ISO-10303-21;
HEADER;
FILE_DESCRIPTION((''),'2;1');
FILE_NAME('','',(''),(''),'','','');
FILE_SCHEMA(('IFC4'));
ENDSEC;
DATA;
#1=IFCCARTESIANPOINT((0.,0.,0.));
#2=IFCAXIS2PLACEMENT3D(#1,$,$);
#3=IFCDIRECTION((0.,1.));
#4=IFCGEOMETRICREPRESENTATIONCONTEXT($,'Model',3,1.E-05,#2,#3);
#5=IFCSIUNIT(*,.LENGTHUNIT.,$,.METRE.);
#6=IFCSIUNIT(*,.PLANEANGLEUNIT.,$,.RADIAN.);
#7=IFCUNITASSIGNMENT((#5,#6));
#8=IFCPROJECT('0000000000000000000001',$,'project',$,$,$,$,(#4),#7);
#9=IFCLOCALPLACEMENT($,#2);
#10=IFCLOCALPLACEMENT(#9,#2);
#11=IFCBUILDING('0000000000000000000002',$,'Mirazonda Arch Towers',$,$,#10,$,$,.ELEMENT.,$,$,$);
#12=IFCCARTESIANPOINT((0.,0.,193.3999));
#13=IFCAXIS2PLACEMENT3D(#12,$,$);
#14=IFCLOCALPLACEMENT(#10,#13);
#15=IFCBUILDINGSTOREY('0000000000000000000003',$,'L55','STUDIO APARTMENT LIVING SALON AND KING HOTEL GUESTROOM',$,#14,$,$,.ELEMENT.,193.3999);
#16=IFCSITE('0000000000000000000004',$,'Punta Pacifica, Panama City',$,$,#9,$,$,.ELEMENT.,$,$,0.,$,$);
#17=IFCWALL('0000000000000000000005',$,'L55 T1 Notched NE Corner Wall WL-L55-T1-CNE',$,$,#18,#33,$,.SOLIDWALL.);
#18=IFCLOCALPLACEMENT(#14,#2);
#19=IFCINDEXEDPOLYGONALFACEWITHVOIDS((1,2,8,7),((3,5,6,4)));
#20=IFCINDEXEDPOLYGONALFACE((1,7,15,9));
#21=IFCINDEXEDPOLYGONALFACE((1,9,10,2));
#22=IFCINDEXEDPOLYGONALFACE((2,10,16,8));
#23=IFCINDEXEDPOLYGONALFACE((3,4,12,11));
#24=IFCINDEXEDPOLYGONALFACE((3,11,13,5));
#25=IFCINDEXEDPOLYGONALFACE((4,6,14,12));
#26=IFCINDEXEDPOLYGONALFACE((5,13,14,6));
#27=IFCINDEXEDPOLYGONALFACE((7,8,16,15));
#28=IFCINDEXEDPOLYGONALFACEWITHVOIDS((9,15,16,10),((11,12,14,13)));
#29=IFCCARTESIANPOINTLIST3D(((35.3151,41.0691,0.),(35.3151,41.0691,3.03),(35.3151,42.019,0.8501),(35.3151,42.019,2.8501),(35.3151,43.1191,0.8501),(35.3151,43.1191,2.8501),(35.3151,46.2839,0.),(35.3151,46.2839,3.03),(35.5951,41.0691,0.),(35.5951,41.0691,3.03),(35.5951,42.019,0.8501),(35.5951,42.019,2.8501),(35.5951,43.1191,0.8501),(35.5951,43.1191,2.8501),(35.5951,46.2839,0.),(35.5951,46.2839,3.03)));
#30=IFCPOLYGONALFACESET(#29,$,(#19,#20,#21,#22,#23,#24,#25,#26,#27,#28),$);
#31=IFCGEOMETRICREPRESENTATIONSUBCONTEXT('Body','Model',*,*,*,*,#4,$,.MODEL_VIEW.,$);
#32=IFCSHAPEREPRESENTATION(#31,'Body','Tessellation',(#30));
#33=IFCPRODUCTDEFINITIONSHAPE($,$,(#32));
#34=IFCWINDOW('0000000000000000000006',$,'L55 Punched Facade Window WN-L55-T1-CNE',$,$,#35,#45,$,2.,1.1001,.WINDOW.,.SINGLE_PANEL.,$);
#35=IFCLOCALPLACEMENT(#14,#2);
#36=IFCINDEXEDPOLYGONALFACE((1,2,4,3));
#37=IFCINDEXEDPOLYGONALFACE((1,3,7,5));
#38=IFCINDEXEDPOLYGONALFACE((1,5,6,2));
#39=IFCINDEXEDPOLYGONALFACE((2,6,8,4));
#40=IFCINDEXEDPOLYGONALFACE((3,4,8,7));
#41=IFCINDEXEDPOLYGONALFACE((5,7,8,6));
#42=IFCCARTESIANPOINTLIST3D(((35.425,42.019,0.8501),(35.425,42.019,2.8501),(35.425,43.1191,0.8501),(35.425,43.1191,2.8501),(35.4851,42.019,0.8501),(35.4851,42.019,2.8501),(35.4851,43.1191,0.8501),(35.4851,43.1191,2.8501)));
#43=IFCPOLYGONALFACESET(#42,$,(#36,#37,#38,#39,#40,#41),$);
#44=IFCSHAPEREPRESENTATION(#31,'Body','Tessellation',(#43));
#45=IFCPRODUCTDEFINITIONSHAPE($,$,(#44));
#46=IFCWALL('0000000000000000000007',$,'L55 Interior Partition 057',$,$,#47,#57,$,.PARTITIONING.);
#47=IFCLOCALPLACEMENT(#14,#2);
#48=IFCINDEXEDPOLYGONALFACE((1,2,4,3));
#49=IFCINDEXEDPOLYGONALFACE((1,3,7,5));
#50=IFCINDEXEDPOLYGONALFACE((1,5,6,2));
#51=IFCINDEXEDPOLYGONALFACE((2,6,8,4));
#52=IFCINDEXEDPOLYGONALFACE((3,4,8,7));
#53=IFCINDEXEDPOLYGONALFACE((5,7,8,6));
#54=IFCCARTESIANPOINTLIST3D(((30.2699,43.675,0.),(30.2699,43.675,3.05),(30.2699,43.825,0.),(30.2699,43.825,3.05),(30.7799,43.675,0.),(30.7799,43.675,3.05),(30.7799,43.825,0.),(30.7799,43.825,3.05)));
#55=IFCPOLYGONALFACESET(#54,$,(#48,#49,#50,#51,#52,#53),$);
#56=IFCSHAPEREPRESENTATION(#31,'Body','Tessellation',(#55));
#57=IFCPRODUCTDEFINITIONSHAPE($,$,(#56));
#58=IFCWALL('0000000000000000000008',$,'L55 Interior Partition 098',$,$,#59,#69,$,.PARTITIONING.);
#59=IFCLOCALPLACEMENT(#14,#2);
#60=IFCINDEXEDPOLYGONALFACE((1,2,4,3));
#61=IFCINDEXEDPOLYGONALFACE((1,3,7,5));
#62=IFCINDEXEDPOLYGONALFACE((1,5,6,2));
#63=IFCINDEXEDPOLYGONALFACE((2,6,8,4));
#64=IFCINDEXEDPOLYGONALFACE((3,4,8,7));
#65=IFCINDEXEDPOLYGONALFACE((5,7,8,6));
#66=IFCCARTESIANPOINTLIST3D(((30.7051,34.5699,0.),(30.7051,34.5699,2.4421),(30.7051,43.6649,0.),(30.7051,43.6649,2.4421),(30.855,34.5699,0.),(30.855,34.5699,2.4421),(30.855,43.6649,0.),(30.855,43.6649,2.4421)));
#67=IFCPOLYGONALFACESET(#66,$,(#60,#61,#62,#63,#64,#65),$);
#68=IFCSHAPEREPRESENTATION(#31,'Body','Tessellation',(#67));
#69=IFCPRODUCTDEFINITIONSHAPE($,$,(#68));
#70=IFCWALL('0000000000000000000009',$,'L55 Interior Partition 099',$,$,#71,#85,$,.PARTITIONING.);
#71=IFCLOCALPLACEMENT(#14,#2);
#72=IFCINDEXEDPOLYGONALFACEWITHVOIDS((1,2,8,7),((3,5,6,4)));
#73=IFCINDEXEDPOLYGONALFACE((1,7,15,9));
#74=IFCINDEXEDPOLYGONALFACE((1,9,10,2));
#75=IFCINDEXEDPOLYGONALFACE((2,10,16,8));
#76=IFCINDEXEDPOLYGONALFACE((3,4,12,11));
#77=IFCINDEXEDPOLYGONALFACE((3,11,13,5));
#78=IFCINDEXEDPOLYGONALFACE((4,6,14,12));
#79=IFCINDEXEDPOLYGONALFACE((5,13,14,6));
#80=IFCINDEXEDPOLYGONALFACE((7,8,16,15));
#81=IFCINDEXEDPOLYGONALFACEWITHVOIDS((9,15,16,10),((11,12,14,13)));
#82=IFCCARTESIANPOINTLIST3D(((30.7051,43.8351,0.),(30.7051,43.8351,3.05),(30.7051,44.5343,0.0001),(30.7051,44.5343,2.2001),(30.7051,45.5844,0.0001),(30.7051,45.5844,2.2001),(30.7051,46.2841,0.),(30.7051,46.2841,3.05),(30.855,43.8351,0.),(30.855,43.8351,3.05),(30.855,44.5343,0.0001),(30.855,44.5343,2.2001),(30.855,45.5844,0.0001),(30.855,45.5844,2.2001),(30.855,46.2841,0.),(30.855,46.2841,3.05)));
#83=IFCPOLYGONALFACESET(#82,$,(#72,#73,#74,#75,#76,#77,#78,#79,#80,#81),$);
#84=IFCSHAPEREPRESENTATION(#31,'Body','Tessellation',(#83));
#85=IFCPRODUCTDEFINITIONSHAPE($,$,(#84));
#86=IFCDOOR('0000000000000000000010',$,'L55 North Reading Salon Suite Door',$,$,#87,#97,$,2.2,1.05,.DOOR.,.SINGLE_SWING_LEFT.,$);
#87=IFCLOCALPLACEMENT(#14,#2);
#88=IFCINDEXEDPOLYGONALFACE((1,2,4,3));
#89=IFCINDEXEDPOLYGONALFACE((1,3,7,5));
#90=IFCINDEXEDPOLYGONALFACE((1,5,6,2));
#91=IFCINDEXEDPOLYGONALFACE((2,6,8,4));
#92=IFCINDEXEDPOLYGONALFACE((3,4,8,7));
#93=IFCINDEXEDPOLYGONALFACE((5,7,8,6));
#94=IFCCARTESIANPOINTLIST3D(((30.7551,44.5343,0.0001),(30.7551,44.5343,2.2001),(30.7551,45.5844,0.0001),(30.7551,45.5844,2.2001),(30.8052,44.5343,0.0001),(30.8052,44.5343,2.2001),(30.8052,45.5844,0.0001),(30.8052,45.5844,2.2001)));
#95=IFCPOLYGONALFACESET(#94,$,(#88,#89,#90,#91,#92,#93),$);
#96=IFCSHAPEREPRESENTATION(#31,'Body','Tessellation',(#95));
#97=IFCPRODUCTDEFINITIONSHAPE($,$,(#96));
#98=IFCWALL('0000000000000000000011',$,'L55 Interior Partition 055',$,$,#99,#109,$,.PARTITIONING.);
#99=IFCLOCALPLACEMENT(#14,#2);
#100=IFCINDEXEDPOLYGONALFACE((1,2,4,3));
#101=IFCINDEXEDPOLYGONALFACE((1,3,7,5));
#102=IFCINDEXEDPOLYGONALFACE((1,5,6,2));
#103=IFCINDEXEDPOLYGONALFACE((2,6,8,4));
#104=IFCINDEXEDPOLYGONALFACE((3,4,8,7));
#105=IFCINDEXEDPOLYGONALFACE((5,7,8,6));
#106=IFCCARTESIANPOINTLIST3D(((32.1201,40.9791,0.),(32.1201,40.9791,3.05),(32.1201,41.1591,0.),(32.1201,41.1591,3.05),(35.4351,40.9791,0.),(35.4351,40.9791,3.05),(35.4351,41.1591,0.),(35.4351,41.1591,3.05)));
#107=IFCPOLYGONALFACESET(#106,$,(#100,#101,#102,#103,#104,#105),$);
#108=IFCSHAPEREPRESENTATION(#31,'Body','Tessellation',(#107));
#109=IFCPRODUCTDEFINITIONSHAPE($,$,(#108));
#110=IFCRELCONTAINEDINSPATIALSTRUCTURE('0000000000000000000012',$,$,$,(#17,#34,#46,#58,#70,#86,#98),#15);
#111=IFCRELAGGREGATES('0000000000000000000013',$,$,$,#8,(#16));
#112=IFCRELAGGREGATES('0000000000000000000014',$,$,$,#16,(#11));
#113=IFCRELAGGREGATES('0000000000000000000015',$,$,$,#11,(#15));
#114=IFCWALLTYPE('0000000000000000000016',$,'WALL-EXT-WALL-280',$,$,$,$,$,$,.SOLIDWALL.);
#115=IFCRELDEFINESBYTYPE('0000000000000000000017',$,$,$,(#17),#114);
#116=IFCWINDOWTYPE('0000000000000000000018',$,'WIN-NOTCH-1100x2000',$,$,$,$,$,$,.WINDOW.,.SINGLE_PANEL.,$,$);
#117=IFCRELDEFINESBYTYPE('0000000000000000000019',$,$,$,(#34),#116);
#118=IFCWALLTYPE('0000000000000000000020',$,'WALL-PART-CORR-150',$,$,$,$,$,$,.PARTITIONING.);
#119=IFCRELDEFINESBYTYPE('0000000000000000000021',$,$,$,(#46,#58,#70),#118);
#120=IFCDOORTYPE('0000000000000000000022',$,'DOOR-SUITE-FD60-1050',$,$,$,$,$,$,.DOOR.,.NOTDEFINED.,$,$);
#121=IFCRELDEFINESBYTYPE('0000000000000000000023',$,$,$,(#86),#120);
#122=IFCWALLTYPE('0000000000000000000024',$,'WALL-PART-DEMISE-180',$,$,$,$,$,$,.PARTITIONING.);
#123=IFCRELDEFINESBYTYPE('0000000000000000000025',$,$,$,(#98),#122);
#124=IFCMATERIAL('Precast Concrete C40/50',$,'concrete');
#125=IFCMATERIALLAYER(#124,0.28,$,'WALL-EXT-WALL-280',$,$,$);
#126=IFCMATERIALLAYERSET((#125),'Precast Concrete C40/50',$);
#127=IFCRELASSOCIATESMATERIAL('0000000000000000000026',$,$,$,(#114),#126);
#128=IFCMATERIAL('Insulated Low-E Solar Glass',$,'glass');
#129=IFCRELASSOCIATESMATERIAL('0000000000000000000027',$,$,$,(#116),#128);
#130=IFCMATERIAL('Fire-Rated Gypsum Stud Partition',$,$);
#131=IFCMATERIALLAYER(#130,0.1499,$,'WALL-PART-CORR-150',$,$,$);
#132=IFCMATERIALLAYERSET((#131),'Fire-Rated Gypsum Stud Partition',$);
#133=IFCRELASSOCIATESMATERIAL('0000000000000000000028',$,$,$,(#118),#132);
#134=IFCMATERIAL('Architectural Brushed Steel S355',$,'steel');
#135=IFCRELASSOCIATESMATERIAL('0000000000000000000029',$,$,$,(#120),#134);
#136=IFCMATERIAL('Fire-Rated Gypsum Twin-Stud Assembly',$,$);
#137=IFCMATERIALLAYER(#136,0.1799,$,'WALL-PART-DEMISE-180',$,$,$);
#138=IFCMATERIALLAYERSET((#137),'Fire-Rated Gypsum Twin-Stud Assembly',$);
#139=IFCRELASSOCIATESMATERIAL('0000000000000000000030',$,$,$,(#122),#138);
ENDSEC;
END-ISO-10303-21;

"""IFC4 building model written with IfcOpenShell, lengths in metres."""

from ifc_helpers import new_model, si_unit, direction, frame, frame_2d, origin, place, context, subcontext, project, spatial, rectangle, extrude, material, layer, layer_set, type_object, element, fill, save


model = new_model("IFC4")

# Units and contexts
model_context = context("Model", 3, precision=1e-05, world=origin(), true_north=direction((0.0, 1.0)))
body_context = subcontext(model_context, "Body", "Model", "MODEL_VIEW")
ifc_project = project(units=[si_unit("LENGTHUNIT", "METRE"), si_unit("PLANEANGLEUNIT", "RADIAN")], contexts=[model_context])

# Site, building, storey
site_placement = place(None, origin())
site = spatial("IfcSite", under=ifc_project, at=site_placement, Name="Punta Pacifica, Panama City", CompositionType="ELEMENT", RefElevation=0.0)
building_placement = place(site_placement, origin())
building = spatial("IfcBuilding", under=site, at=building_placement, Name="Mirazonda Arch Towers", CompositionType="ELEMENT")
storey_placement = place(building_placement, frame((0.0, 0.0, 193.3999)))
storey = spatial("IfcBuildingStorey", under=building, at=storey_placement, Name="L55", Description="STUDIO APARTMENT LIVING SALON AND KING HOTEL GUESTROOM", CompositionType="ELEMENT", Elevation=193.3999)

# Shared definitions
ifc_material_1 = material(Name="Insulated Low-E Solar Glass", Category="glass")

# Wall, opening, window
ifc_material_2 = material(Name="Precast Concrete C40/50", Category="concrete")
ifc_layer_1 = layer(ifc_material_2, 0.28, Name="WALL-EXT-WALL-280")
ifc_layer_set_1 = layer_set([ifc_layer_1], Name="Precast Concrete C40/50")
wall_type_1 = type_object("IfcWallType", Name="WALL-EXT-WALL-280", PredefinedType="SOLIDWALL", material=ifc_layer_set_1)
wall_1_placement = place(storey_placement, frame((35.4551, 41.0691, 0.0), z_axis=(0.0, 0.0, 1.0), x_axis=(0.0, 1.0, 0.0)))
wall_1 = element("IfcWall", 1, at=wall_1_placement, inside=storey, type_object=wall_type_1, Name="L55 T1 Notched NE Corner Wall WL-L55-T1-CNE", PredefinedType="SOLIDWALL", context=body_context, shape_type="SweptSolid", body=[
    extrude(rectangle(XDim=5.2148, YDim=0.28, at=frame_2d((2.6074, 0.0))), origin(), (0.0, 0.0, 1.0), 3.03),
])
opening_1_placement = place(wall_1_placement, frame((0.95, 0.0, 0.8501)))
opening_1 = element("IfcOpeningElement", 2, at=opening_1_placement, cuts=wall_1, PredefinedType="OPENING", context=body_context, shape_type="SweptSolid", body=[
    extrude(rectangle(XDim=1.1001, YDim=2.0, at=frame_2d((0.55, 1.0))), frame((0.0, 0.1499, 0.0), z_axis=(0.0, -1.0, 0.0), x_axis=(1.0, 0.0, 0.0)), (0.0, 0.0, 1.0), 0.3),
])
window_type = type_object("IfcWindowType", Name="WIN-NOTCH-1100x2000", PartitioningType="SINGLE_PANEL", PredefinedType="WINDOW", material=ifc_material_1)
window_placement = place(opening_1_placement, origin())
window = element("IfcWindow", 3, at=window_placement, inside=storey, type_object=window_type, Name="L55 Punched Facade Window WN-L55-T1-CNE", OverallHeight=2.0, OverallWidth=1.1001, PartitioningType="SINGLE_PANEL", PredefinedType="WINDOW", context=body_context, shape_type="SweptSolid", body=[
    extrude(rectangle(XDim=1.1001, YDim=2.0, at=frame_2d((0.55, 1.0))), frame((0.0, 0.03, 0.0), z_axis=(0.0, -1.0, 0.0), x_axis=(1.0, 0.0, 0.0)), (0.0, 0.0, 1.0), 0.0601),
])
fill(opening_1, window)

# Walls
ifc_material_3 = material(Name="Fire-Rated Gypsum Stud Partition")
ifc_layer_2 = layer(ifc_material_3, 0.1499, Name="WALL-PART-CORR-150")
ifc_layer_set_2 = layer_set([ifc_layer_2], Name="Fire-Rated Gypsum Stud Partition")
wall_type_2 = type_object("IfcWallType", Name="WALL-PART-CORR-150", PredefinedType="PARTITIONING", material=ifc_layer_set_2)
wall_2_placement = place(storey_placement, frame((30.27, 43.75, 0.0), z_axis=(0.0, 0.0, 1.0), x_axis=(1.0, 0.0, 0.0)))
element("IfcWall", 4, at=wall_2_placement, inside=storey, type_object=wall_type_2, Name="L55 Interior Partition 057", PredefinedType="PARTITIONING", context=body_context, shape_type="SweptSolid", body=[
    extrude(rectangle(XDim=0.51, YDim=0.1499, at=frame_2d((0.2549, 0.0))), origin(), (0.0, 0.0, 1.0), 3.05),
])
wall_3_placement = place(storey_placement, frame((30.78, 34.5701, 0.0), z_axis=(0.0, 0.0, 1.0), x_axis=(0.0, 1.0, 0.0)))
element("IfcWall", 5, at=wall_3_placement, inside=storey, type_object=wall_type_2, Name="L55 Interior Partition 098", PredefinedType="PARTITIONING", context=body_context, shape_type="SweptSolid", body=[
    extrude(rectangle(XDim=9.095, YDim=0.1499, at=frame_2d((4.5474, 0.0))), origin(), (0.0, 0.0, 1.0), 2.4421),
])

# Wall, opening, door
wall_4_placement = place(storey_placement, frame((30.78, 43.835, 0.0), z_axis=(0.0, 0.0, 1.0), x_axis=(0.0, 1.0, 0.0)))
wall_4 = element("IfcWall", 6, at=wall_4_placement, inside=storey, type_object=wall_type_2, Name="L55 Interior Partition 099", PredefinedType="PARTITIONING", context=body_context, shape_type="SweptSolid", body=[
    extrude(rectangle(XDim=2.449, YDim=0.1499, at=frame_2d((1.2246, 0.0))), origin(), (0.0, 0.0, 1.0), 3.05),
])
opening_2_placement = place(wall_4_placement, frame((0.6995, 0.0, 0.0)))
opening_2 = element("IfcOpeningElement", 7, at=opening_2_placement, cuts=wall_4, PredefinedType="OPENING", context=body_context, shape_type="SweptSolid", body=[
    extrude(rectangle(XDim=1.05, YDim=2.2, at=frame_2d((0.5249, 1.1001))), frame((0.0, 0.085, 0.0), z_axis=(0.0, -1.0, 0.0), x_axis=(1.0, 0.0, 0.0)), (0.0, 0.0, 1.0), 0.1699),
])
ifc_material_4 = material(Name="Architectural Brushed Steel S355", Category="steel")
door_type_1 = type_object("IfcDoorType", Name="DOOR-SUITE-FD60-1050", OperationType="NOTDEFINED", PredefinedType="DOOR", material=ifc_material_4)
door_1_placement = place(opening_2_placement, origin())
door_1 = element("IfcDoor", 8, at=door_1_placement, inside=storey, type_object=door_type_1, Name="L55 North Reading Salon Suite Door", OperationType="SINGLE_SWING_LEFT", OverallHeight=2.2, OverallWidth=1.05, PredefinedType="DOOR", context=body_context, shape_type="SweptSolid", body=[
    extrude(rectangle(XDim=1.05, YDim=2.2, at=frame_2d((0.5249, 1.1001))), frame((0.0, 0.0249, 0.0), z_axis=(0.0, -1.0, 0.0), x_axis=(1.0, 0.0, 0.0)), (0.0, 0.0, 1.0), 0.05),
])
fill(opening_2, door_1)

# Wall
ifc_material_5 = material(Name="Fire-Rated Gypsum Twin-Stud Assembly")
ifc_layer_3 = layer(ifc_material_5, 0.1799, Name="WALL-PART-DEMISE-180")
ifc_layer_set_3 = layer_set([ifc_layer_3], Name="Fire-Rated Gypsum Twin-Stud Assembly")
wall_type_3 = type_object("IfcWallType", Name="WALL-PART-DEMISE-180", PredefinedType="PARTITIONING", material=ifc_layer_set_3)
wall_5_placement = place(storey_placement, frame((32.1201, 41.0691, 0.0), z_axis=(0.0, 0.0, 1.0), x_axis=(1.0, 0.0, 0.0)))
element("IfcWall", 9, at=wall_5_placement, inside=storey, type_object=wall_type_3, Name="L55 Interior Partition 055", PredefinedType="PARTITIONING", context=body_context, shape_type="SweptSolid", body=[
    extrude(rectangle(XDim=3.3149, YDim=0.1799, at=frame_2d((1.6575, 0.0))), origin(), (0.0, 0.0, 1.0), 3.05),
])

save(model, "model.ifc")
